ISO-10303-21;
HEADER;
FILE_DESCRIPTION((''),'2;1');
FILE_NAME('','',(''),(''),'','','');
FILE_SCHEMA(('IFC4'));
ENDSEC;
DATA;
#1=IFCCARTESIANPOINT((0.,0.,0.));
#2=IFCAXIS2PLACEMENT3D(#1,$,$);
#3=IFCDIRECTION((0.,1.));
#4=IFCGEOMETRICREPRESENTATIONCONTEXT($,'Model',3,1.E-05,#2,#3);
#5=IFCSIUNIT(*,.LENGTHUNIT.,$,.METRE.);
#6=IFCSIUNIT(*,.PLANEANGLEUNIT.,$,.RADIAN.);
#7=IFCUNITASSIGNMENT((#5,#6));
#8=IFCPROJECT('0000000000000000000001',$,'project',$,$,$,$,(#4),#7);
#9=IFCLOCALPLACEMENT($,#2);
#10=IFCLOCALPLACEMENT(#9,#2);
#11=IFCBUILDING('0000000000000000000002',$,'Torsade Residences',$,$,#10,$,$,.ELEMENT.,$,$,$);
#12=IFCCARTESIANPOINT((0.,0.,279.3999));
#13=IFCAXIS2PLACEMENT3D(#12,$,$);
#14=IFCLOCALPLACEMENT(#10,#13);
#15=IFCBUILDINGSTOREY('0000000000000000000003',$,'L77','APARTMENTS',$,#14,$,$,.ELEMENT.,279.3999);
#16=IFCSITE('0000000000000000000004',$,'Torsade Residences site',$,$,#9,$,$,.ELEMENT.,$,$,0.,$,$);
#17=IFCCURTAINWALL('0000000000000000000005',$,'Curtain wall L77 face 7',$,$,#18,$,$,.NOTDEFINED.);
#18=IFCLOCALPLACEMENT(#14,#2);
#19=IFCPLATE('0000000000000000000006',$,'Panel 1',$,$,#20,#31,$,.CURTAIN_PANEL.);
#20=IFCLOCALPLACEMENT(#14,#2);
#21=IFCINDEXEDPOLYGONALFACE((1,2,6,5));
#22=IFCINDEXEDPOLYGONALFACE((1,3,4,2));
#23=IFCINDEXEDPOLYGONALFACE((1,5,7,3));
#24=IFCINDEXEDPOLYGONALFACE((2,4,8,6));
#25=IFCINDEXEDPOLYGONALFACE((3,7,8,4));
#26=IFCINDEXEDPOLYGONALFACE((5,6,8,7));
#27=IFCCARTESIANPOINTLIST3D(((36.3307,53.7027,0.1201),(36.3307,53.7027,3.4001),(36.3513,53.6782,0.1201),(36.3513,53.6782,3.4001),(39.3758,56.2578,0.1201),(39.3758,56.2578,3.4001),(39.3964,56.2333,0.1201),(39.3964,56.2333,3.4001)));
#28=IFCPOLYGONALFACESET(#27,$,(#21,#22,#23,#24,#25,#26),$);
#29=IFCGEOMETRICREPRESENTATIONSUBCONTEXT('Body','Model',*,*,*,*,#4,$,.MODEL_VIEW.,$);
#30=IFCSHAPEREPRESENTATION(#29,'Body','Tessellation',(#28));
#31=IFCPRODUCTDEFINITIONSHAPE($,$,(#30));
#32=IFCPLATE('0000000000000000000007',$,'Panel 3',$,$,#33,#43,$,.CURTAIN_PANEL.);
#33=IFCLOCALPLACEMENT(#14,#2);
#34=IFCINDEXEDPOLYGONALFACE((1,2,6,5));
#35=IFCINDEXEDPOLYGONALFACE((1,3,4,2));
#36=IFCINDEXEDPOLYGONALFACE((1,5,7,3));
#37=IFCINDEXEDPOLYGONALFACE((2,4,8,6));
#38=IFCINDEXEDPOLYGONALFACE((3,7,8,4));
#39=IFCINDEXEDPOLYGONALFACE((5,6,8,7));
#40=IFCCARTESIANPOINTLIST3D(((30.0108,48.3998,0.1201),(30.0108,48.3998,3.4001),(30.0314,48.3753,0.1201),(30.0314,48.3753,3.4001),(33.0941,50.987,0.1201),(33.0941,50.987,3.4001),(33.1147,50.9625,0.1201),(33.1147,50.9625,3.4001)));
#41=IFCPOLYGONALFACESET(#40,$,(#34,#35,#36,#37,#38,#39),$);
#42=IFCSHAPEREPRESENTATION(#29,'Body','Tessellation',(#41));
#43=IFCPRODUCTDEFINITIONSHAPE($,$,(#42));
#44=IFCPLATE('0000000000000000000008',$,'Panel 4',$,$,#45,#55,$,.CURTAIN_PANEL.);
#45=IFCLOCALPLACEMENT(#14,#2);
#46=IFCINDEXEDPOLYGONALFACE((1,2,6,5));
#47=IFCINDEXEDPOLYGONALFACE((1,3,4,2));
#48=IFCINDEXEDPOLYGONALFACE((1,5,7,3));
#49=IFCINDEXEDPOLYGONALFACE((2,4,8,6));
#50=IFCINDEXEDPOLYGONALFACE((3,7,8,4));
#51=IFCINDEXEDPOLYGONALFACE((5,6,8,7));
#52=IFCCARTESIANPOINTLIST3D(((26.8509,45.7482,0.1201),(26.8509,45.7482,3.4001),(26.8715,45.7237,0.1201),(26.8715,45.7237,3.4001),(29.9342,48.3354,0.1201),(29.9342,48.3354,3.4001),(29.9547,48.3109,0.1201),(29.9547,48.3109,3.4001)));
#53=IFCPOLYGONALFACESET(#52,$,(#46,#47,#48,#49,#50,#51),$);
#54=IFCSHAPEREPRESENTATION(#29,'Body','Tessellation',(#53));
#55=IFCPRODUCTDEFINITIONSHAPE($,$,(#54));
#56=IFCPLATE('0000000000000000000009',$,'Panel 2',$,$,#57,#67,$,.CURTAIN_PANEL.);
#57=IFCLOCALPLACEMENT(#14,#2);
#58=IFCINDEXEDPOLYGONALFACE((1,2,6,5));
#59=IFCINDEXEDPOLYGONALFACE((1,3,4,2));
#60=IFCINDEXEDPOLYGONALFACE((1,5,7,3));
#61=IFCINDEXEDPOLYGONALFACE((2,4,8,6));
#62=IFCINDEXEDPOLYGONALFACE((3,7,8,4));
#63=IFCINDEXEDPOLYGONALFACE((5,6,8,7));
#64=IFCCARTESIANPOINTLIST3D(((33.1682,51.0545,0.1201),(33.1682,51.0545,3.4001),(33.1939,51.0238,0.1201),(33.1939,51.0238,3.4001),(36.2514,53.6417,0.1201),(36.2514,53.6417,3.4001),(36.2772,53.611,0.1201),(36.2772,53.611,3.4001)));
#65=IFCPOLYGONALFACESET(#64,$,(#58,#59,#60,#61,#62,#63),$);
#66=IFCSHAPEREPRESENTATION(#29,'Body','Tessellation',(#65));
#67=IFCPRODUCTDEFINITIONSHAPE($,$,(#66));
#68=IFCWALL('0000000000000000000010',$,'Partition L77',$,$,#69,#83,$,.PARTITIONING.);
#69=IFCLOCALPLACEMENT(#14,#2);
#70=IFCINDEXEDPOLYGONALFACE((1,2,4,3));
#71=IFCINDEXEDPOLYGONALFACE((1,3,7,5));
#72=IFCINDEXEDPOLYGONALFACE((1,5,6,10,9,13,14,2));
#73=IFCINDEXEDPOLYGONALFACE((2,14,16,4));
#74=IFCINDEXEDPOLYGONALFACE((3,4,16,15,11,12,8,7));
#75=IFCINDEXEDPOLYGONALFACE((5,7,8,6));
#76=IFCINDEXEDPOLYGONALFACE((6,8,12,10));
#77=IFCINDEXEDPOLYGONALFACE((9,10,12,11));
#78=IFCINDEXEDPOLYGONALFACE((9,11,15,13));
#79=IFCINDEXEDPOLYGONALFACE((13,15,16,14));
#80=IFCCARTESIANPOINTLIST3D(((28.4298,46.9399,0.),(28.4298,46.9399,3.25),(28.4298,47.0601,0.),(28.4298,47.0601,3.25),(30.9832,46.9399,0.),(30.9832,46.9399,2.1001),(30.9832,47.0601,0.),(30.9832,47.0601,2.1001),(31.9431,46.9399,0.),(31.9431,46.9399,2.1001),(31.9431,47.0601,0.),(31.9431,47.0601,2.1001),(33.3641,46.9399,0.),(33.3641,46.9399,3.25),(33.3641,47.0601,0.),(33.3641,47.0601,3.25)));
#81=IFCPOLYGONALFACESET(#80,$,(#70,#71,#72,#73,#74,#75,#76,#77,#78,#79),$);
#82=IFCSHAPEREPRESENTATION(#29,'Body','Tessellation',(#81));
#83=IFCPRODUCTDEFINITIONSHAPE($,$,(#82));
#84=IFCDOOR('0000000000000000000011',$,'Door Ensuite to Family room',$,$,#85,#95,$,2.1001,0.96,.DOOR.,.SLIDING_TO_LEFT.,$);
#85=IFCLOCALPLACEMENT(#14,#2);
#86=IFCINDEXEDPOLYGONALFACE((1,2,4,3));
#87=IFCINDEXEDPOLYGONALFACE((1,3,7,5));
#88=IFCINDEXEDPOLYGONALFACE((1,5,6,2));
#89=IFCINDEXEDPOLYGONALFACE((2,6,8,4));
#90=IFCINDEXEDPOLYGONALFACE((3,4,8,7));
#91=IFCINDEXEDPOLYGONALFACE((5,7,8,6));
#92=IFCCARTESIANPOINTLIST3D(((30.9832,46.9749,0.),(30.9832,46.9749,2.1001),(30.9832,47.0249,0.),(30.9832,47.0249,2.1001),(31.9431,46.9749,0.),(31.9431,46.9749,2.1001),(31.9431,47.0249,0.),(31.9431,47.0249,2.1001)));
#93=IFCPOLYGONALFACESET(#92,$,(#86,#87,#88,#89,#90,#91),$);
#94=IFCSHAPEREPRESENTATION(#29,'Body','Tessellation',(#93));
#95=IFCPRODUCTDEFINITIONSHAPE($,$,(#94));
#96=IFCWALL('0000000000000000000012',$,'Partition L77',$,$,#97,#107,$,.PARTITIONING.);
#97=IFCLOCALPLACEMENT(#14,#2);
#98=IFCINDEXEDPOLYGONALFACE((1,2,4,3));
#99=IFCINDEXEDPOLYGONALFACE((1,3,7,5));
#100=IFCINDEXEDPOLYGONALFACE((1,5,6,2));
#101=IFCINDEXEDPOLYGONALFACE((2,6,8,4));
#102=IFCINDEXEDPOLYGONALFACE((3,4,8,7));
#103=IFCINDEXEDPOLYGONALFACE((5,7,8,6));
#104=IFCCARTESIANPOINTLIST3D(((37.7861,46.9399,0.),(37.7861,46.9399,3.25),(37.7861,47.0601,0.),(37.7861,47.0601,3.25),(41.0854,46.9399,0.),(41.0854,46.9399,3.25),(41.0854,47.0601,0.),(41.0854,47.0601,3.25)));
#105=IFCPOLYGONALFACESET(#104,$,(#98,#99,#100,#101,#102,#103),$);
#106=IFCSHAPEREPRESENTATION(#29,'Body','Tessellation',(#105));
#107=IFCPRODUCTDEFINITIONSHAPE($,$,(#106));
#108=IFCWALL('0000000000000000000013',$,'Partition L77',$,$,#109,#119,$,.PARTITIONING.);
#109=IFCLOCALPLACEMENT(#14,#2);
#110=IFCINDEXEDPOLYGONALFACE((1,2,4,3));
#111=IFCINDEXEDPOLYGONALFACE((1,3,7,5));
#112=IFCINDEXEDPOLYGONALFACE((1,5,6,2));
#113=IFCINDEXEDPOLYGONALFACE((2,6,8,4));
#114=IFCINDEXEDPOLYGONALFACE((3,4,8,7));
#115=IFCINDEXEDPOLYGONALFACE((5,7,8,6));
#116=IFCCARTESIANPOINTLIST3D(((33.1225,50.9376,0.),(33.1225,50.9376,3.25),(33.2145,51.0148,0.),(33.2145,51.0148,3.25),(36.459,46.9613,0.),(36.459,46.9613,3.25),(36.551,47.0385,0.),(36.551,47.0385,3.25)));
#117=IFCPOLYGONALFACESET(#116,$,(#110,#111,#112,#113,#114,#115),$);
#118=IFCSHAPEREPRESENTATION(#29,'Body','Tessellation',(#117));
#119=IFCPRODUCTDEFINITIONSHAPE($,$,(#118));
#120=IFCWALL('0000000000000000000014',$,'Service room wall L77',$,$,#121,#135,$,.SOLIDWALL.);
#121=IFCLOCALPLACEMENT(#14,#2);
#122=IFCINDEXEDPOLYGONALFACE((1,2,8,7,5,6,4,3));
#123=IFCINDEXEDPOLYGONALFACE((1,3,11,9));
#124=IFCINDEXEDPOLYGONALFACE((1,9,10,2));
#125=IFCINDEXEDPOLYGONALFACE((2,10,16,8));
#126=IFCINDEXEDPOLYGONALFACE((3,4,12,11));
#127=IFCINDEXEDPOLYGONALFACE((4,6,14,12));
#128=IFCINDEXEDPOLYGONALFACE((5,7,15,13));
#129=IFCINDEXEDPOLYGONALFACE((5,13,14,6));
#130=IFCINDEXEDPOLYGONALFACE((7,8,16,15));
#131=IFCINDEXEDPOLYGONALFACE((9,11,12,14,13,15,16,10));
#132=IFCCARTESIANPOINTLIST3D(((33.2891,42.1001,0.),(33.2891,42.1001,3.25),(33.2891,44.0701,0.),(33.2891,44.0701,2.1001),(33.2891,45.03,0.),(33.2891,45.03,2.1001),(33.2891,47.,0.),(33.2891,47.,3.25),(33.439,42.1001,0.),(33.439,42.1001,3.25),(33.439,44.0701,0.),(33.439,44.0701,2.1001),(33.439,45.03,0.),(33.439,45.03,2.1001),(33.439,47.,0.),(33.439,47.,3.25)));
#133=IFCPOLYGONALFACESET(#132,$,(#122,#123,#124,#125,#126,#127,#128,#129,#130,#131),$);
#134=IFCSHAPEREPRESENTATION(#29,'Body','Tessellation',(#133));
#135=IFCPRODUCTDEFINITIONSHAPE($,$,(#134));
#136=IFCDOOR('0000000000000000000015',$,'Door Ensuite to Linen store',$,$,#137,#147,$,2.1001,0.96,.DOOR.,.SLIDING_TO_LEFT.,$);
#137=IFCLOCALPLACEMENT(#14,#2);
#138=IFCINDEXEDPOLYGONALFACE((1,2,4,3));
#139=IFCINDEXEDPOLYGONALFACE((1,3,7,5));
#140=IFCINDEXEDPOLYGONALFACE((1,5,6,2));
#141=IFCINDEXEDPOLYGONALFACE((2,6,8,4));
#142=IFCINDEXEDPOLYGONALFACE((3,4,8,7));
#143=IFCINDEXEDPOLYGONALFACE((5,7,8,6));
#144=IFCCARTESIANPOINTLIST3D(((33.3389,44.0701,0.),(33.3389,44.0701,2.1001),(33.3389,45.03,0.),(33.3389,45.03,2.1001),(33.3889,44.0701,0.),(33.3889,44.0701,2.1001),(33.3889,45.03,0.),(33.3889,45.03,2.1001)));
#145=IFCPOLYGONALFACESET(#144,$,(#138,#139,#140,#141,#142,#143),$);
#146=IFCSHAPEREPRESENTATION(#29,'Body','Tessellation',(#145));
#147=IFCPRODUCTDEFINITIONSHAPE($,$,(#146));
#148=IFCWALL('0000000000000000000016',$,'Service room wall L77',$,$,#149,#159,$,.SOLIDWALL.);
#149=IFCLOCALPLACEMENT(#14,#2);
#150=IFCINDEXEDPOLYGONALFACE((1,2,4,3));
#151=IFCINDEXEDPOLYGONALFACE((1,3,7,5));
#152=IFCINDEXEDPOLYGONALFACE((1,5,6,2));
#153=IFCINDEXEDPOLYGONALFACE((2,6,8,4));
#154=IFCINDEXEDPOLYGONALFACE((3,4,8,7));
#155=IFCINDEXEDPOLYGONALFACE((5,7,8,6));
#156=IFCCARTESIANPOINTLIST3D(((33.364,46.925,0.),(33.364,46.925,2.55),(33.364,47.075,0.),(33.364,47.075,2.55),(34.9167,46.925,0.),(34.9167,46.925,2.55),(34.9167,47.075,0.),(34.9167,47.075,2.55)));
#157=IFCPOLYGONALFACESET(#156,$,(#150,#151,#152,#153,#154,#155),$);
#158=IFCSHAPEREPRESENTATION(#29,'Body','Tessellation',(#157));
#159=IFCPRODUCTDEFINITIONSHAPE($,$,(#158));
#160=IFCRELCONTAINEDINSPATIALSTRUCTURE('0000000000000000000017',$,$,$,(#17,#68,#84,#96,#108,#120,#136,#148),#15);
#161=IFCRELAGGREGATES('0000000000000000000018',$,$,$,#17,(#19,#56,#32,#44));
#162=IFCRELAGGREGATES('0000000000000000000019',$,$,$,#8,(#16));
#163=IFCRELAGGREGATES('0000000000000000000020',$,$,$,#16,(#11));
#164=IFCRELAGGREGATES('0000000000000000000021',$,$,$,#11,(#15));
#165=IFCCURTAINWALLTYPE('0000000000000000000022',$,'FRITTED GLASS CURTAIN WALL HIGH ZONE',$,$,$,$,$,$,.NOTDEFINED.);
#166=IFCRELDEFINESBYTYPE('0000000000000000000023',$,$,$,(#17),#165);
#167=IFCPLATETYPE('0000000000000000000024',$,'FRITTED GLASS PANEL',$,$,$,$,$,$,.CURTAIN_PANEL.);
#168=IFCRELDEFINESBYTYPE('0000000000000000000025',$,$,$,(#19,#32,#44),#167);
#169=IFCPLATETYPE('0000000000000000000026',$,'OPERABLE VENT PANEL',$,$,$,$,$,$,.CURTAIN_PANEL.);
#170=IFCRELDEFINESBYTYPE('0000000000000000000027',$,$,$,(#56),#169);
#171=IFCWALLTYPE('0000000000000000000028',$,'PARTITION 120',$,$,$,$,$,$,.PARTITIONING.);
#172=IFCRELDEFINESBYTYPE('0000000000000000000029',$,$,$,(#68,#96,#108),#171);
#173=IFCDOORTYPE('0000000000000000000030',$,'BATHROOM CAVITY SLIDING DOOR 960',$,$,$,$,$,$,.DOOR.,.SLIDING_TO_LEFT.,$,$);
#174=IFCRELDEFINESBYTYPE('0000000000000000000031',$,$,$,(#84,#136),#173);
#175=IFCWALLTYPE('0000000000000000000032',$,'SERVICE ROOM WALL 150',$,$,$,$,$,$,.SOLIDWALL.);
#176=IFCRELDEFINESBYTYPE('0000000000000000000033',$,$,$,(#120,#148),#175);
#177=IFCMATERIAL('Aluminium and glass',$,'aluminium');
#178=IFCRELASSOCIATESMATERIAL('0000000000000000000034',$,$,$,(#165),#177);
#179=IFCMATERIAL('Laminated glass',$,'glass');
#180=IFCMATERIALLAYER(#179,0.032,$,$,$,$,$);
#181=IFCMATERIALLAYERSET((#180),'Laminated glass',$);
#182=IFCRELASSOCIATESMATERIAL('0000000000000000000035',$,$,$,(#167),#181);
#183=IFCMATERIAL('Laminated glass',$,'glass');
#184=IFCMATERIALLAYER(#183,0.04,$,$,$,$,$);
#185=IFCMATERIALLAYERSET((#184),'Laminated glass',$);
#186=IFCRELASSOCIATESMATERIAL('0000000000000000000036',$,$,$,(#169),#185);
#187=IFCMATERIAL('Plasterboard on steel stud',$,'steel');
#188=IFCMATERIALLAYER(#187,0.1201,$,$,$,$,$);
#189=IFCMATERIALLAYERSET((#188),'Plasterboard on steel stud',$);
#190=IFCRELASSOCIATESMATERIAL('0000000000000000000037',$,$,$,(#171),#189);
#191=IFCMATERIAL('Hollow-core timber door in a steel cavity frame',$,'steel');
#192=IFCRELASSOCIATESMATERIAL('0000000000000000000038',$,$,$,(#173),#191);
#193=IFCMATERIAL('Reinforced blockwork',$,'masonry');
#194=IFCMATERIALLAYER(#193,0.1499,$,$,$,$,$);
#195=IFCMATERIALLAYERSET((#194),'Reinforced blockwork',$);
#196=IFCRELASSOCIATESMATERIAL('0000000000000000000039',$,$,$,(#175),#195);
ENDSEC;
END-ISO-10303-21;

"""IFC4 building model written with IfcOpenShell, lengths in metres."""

from ifc_helpers import new_model, si_unit, direction, frame, frame_2d, origin, origin_2d, place, context, subcontext, project, spatial, rectangle, extrude, material, layer, layer_set, type_object, element, fill, aggregate, save


model = new_model("IFC4")

# Units and contexts
model_context = context("Model", 3, precision=1e-05, world=origin(), true_north=direction((0.0, 1.0)))
body_context = subcontext(model_context, "Body", "Model", "MODEL_VIEW")
ifc_project = project(units=[si_unit("LENGTHUNIT", "METRE"), si_unit("PLANEANGLEUNIT", "RADIAN")], contexts=[model_context])

# Site, building, storey
site_placement = place(None, origin())
site = spatial("IfcSite", under=ifc_project, at=site_placement, Name="Torsade Residences site", CompositionType="ELEMENT", RefElevation=0.0)
building_placement = place(site_placement, origin())
building = spatial("IfcBuilding", under=site, at=building_placement, Name="Torsade Residences", CompositionType="ELEMENT")
storey_placement = place(building_placement, frame((0.0, 0.0, 279.3999)))
storey = spatial("IfcBuildingStorey", under=building, at=storey_placement, Name="L77", Description="APARTMENTS", CompositionType="ELEMENT", Elevation=279.3999)

# Curtain wall
ifc_material_1 = material(Name="Aluminium and glass", Category="aluminium")
curtain_wall_type = type_object("IfcCurtainWallType", Name="FRITTED GLASS CURTAIN WALL HIGH ZONE", PredefinedType="NOTDEFINED", material=ifc_material_1)
curtain_wall_placement = place(storey_placement, origin())
curtain_wall = element("IfcCurtainWall", 1, at=curtain_wall_placement, inside=storey, type_object=curtain_wall_type, Name="Curtain wall L77 face 7", PredefinedType="NOTDEFINED")

# Plates
ifc_material_2 = material(Name="Laminated glass", Category="glass")
ifc_layer_1 = layer(ifc_material_2, 0.032)
ifc_layer_set_1 = layer_set([ifc_layer_1], Name="Laminated glass")
plate_type_1 = type_object("IfcPlateType", Name="FRITTED GLASS PANEL", PredefinedType="CURTAIN_PANEL", material=ifc_layer_set_1)
plate_1_placement = place(storey_placement, frame((37.8635, 54.968, 0.1201), z_axis=(0.0, 0.0, 1.0), x_axis=(-0.766044, -0.642788, 0.0)))
plate_1 = element("IfcPlate", 2, at=plate_1_placement, type_object=plate_type_1, Name="Panel 1", PredefinedType="CURTAIN_PANEL", context=body_context, shape_type="SweptSolid", body=[
    extrude(rectangle(XDim=3.9751, YDim=0.032, at=origin_2d()), origin(), (0.0, 0.0, 1.0), 3.28),
])
plate_2_placement = place(storey_placement, frame((31.5627, 49.6812, 0.1201), z_axis=(0.0, 0.0, 1.0), x_axis=(-0.766044, -0.642788, 0.0)))
plate_2 = element("IfcPlate", 3, at=plate_2_placement, type_object=plate_type_1, Name="Panel 3", PredefinedType="CURTAIN_PANEL", context=body_context, shape_type="SweptSolid", body=[
    extrude(rectangle(XDim=4.0249, YDim=0.032, at=origin_2d()), origin(), (0.0, 0.0, 1.0), 3.28),
])
plate_3_placement = place(storey_placement, frame((28.4028, 47.0295, 0.1201), z_axis=(0.0, 0.0, 1.0), x_axis=(-0.766044, -0.642788, 0.0)))
plate_3 = element("IfcPlate", 4, at=plate_3_placement, type_object=plate_type_1, Name="Panel 4", PredefinedType="CURTAIN_PANEL", context=body_context, shape_type="SweptSolid", body=[
    extrude(rectangle(XDim=4.0249, YDim=0.032, at=origin_2d()), origin(), (0.0, 0.0, 1.0), 3.28),
])
ifc_material_3 = material(Name="Laminated glass", Category="glass")
ifc_layer_2 = layer(ifc_material_3, 0.04)
ifc_layer_set_2 = layer_set([ifc_layer_2], Name="Laminated glass")
plate_type_2 = type_object("IfcPlateType", Name="OPERABLE VENT PANEL", PredefinedType="CURTAIN_PANEL", material=ifc_layer_set_2)
plate_4_placement = place(storey_placement, frame((34.7227, 52.3328, 0.1201), z_axis=(0.0, 0.0, 1.0), x_axis=(-0.766044, -0.642788, 0.0)))
plate_4 = element("IfcPlate", 5, at=plate_4_placement, type_object=plate_type_2, Name="Panel 2", PredefinedType="CURTAIN_PANEL", context=body_context, shape_type="SweptSolid", body=[
    extrude(rectangle(XDim=4.0249, YDim=0.04, at=origin_2d()), origin(), (0.0, 0.0, 1.0), 3.28),
])
aggregate(curtain_wall, [plate_1, plate_4, plate_2, plate_3])

# Wall, opening, door
ifc_material_4 = material(Name="Plasterboard on steel stud", Category="steel")
ifc_layer_3 = layer(ifc_material_4, 0.1201)
ifc_layer_set_3 = layer_set([ifc_layer_3], Name="Plasterboard on steel stud")
wall_type_1 = type_object("IfcWallType", Name="PARTITION 120", PredefinedType="PARTITIONING", material=ifc_layer_set_3)
wall_1_placement = place(storey_placement, frame((28.4297, 47.0, 0.0), z_axis=(0.0, 0.0, 1.0), x_axis=(1.0, 0.0, 0.0)))
wall_1 = element("IfcWall", 6, at=wall_1_placement, inside=storey, type_object=wall_type_1, Name="Partition L77", PredefinedType="PARTITIONING", context=body_context, shape_type="SweptSolid", body=[
    extrude(rectangle(XDim=4.9343, YDim=0.1201, at=frame_2d((2.4673, 0.0))), origin(), (0.0, 0.0, 1.0), 3.25),
])
opening_1_placement = place(wall_1_placement, frame((2.5535, 0.0, 0.0)))
opening_1 = element("IfcOpeningElement", 7, at=opening_1_placement, cuts=wall_1, PredefinedType="OPENING", context=body_context, shape_type="SweptSolid", body=[
    extrude(rectangle(XDim=0.96, YDim=2.1001, at=frame_2d((0.48, 1.05))), frame((0.0, 0.0701, 0.0), z_axis=(0.0, -1.0, 0.0), x_axis=(1.0, 0.0, 0.0)), (0.0, 0.0, 1.0), 0.1401),
])
ifc_material_5 = material(Name="Hollow-core timber door in a steel cavity frame", Category="steel")
door_type_1 = type_object("IfcDoorType", Name="BATHROOM CAVITY SLIDING DOOR 960", OperationType="SLIDING_TO_LEFT", PredefinedType="DOOR", material=ifc_material_5)
door_1_placement = place(opening_1_placement, origin())
door_1 = element("IfcDoor", 8, at=door_1_placement, inside=storey, type_object=door_type_1, Name="Door Ensuite to Family room", OperationType="SLIDING_TO_LEFT", OverallHeight=2.1001, OverallWidth=0.96, PredefinedType="DOOR", context=body_context, shape_type="SweptSolid", body=[
    extrude(rectangle(XDim=0.96, YDim=2.1001, at=frame_2d((0.48, 1.05))), frame((0.0, 0.0249, 0.0), z_axis=(0.0, -1.0, 0.0), x_axis=(1.0, 0.0, 0.0)), (0.0, 0.0, 1.0), 0.05),
])
fill(opening_1, door_1)

# Walls
wall_2_placement = place(storey_placement, frame((37.7861, 47.0, 0.0), z_axis=(0.0, 0.0, 1.0), x_axis=(1.0, 0.0, 0.0)))
element("IfcWall", 9, at=wall_2_placement, inside=storey, type_object=wall_type_1, Name="Partition L77", PredefinedType="PARTITIONING", context=body_context, shape_type="SweptSolid", body=[
    extrude(rectangle(XDim=3.2993, YDim=0.1201, at=frame_2d((1.6497, 0.0))), origin(), (0.0, 0.0, 1.0), 3.25),
])
wall_3_placement = place(storey_placement, frame((36.5049, 47.0, 0.0), z_axis=(0.0, 0.0, 1.0), x_axis=(-0.642776, 0.766054, 0.0)))
element("IfcWall", 10, at=wall_3_placement, inside=storey, type_object=wall_type_1, Name="Partition L77", PredefinedType="PARTITIONING", context=body_context, shape_type="SweptSolid", body=[
    extrude(rectangle(XDim=5.1907, YDim=0.1201, at=frame_2d((2.5952, 0.0))), origin(), (0.0, 0.0, 1.0), 3.25),
])

# Wall, opening, door
ifc_material_6 = material(Name="Reinforced blockwork", Category="masonry")
ifc_layer_4 = layer(ifc_material_6, 0.1499)
ifc_layer_set_4 = layer_set([ifc_layer_4], Name="Reinforced blockwork")
wall_type_2 = type_object("IfcWallType", Name="SERVICE ROOM WALL 150", PredefinedType="SOLIDWALL", material=ifc_layer_set_4)
wall_4_placement = place(storey_placement, frame((33.364, 47.0, 0.0), z_axis=(0.0, 0.0, 1.0), x_axis=(0.0, -1.0, 0.0)))
wall_4 = element("IfcWall", 11, at=wall_4_placement, inside=storey, type_object=wall_type_2, Name="Service room wall L77", PredefinedType="SOLIDWALL", context=body_context, shape_type="SweptSolid", body=[
    extrude(rectangle(XDim=4.8999, YDim=0.1499, at=frame_2d((2.45, 0.0))), origin(), (0.0, 0.0, 1.0), 3.25),
])
opening_2_placement = place(wall_4_placement, frame((1.97, 0.0, 0.0)))
opening_2 = element("IfcOpeningElement", 12, at=opening_2_placement, cuts=wall_4, PredefinedType="OPENING", context=body_context, shape_type="SweptSolid", body=[
    extrude(rectangle(XDim=0.96, YDim=2.1001, at=frame_2d((0.48, 1.05))), frame((0.0, 0.085, 0.0), z_axis=(0.0, -1.0, 0.0), x_axis=(1.0, 0.0, 0.0)), (0.0, 0.0, 1.0), 0.1699),
])
door_2_placement = place(opening_2_placement, origin())
door_2 = element("IfcDoor", 13, at=door_2_placement, inside=storey, type_object=door_type_1, Name="Door Ensuite to Linen store", OperationType="SLIDING_TO_LEFT", OverallHeight=2.1001, OverallWidth=0.96, PredefinedType="DOOR", context=body_context, shape_type="SweptSolid", body=[
    extrude(rectangle(XDim=0.96, YDim=2.1001, at=frame_2d((0.48, 1.05))), frame((0.0, 0.0249, 0.0), z_axis=(0.0, -1.0, 0.0), x_axis=(1.0, 0.0, 0.0)), (0.0, 0.0, 1.0), 0.05),
])
fill(opening_2, door_2)

# Wall
wall_5_placement = place(storey_placement, frame((33.364, 47.0, 0.0), z_axis=(0.0, 0.0, 1.0), x_axis=(1.0, 0.0, 0.0)))
element("IfcWall", 14, at=wall_5_placement, inside=storey, type_object=wall_type_2, Name="Service room wall L77", PredefinedType="SOLIDWALL", context=body_context, shape_type="SweptSolid", body=[
    extrude(rectangle(XDim=1.5527, YDim=0.1499, at=frame_2d((0.7764, 0.0))), origin(), (0.0, 0.0, 1.0), 2.55),
])

save(model, "model.ifc")
